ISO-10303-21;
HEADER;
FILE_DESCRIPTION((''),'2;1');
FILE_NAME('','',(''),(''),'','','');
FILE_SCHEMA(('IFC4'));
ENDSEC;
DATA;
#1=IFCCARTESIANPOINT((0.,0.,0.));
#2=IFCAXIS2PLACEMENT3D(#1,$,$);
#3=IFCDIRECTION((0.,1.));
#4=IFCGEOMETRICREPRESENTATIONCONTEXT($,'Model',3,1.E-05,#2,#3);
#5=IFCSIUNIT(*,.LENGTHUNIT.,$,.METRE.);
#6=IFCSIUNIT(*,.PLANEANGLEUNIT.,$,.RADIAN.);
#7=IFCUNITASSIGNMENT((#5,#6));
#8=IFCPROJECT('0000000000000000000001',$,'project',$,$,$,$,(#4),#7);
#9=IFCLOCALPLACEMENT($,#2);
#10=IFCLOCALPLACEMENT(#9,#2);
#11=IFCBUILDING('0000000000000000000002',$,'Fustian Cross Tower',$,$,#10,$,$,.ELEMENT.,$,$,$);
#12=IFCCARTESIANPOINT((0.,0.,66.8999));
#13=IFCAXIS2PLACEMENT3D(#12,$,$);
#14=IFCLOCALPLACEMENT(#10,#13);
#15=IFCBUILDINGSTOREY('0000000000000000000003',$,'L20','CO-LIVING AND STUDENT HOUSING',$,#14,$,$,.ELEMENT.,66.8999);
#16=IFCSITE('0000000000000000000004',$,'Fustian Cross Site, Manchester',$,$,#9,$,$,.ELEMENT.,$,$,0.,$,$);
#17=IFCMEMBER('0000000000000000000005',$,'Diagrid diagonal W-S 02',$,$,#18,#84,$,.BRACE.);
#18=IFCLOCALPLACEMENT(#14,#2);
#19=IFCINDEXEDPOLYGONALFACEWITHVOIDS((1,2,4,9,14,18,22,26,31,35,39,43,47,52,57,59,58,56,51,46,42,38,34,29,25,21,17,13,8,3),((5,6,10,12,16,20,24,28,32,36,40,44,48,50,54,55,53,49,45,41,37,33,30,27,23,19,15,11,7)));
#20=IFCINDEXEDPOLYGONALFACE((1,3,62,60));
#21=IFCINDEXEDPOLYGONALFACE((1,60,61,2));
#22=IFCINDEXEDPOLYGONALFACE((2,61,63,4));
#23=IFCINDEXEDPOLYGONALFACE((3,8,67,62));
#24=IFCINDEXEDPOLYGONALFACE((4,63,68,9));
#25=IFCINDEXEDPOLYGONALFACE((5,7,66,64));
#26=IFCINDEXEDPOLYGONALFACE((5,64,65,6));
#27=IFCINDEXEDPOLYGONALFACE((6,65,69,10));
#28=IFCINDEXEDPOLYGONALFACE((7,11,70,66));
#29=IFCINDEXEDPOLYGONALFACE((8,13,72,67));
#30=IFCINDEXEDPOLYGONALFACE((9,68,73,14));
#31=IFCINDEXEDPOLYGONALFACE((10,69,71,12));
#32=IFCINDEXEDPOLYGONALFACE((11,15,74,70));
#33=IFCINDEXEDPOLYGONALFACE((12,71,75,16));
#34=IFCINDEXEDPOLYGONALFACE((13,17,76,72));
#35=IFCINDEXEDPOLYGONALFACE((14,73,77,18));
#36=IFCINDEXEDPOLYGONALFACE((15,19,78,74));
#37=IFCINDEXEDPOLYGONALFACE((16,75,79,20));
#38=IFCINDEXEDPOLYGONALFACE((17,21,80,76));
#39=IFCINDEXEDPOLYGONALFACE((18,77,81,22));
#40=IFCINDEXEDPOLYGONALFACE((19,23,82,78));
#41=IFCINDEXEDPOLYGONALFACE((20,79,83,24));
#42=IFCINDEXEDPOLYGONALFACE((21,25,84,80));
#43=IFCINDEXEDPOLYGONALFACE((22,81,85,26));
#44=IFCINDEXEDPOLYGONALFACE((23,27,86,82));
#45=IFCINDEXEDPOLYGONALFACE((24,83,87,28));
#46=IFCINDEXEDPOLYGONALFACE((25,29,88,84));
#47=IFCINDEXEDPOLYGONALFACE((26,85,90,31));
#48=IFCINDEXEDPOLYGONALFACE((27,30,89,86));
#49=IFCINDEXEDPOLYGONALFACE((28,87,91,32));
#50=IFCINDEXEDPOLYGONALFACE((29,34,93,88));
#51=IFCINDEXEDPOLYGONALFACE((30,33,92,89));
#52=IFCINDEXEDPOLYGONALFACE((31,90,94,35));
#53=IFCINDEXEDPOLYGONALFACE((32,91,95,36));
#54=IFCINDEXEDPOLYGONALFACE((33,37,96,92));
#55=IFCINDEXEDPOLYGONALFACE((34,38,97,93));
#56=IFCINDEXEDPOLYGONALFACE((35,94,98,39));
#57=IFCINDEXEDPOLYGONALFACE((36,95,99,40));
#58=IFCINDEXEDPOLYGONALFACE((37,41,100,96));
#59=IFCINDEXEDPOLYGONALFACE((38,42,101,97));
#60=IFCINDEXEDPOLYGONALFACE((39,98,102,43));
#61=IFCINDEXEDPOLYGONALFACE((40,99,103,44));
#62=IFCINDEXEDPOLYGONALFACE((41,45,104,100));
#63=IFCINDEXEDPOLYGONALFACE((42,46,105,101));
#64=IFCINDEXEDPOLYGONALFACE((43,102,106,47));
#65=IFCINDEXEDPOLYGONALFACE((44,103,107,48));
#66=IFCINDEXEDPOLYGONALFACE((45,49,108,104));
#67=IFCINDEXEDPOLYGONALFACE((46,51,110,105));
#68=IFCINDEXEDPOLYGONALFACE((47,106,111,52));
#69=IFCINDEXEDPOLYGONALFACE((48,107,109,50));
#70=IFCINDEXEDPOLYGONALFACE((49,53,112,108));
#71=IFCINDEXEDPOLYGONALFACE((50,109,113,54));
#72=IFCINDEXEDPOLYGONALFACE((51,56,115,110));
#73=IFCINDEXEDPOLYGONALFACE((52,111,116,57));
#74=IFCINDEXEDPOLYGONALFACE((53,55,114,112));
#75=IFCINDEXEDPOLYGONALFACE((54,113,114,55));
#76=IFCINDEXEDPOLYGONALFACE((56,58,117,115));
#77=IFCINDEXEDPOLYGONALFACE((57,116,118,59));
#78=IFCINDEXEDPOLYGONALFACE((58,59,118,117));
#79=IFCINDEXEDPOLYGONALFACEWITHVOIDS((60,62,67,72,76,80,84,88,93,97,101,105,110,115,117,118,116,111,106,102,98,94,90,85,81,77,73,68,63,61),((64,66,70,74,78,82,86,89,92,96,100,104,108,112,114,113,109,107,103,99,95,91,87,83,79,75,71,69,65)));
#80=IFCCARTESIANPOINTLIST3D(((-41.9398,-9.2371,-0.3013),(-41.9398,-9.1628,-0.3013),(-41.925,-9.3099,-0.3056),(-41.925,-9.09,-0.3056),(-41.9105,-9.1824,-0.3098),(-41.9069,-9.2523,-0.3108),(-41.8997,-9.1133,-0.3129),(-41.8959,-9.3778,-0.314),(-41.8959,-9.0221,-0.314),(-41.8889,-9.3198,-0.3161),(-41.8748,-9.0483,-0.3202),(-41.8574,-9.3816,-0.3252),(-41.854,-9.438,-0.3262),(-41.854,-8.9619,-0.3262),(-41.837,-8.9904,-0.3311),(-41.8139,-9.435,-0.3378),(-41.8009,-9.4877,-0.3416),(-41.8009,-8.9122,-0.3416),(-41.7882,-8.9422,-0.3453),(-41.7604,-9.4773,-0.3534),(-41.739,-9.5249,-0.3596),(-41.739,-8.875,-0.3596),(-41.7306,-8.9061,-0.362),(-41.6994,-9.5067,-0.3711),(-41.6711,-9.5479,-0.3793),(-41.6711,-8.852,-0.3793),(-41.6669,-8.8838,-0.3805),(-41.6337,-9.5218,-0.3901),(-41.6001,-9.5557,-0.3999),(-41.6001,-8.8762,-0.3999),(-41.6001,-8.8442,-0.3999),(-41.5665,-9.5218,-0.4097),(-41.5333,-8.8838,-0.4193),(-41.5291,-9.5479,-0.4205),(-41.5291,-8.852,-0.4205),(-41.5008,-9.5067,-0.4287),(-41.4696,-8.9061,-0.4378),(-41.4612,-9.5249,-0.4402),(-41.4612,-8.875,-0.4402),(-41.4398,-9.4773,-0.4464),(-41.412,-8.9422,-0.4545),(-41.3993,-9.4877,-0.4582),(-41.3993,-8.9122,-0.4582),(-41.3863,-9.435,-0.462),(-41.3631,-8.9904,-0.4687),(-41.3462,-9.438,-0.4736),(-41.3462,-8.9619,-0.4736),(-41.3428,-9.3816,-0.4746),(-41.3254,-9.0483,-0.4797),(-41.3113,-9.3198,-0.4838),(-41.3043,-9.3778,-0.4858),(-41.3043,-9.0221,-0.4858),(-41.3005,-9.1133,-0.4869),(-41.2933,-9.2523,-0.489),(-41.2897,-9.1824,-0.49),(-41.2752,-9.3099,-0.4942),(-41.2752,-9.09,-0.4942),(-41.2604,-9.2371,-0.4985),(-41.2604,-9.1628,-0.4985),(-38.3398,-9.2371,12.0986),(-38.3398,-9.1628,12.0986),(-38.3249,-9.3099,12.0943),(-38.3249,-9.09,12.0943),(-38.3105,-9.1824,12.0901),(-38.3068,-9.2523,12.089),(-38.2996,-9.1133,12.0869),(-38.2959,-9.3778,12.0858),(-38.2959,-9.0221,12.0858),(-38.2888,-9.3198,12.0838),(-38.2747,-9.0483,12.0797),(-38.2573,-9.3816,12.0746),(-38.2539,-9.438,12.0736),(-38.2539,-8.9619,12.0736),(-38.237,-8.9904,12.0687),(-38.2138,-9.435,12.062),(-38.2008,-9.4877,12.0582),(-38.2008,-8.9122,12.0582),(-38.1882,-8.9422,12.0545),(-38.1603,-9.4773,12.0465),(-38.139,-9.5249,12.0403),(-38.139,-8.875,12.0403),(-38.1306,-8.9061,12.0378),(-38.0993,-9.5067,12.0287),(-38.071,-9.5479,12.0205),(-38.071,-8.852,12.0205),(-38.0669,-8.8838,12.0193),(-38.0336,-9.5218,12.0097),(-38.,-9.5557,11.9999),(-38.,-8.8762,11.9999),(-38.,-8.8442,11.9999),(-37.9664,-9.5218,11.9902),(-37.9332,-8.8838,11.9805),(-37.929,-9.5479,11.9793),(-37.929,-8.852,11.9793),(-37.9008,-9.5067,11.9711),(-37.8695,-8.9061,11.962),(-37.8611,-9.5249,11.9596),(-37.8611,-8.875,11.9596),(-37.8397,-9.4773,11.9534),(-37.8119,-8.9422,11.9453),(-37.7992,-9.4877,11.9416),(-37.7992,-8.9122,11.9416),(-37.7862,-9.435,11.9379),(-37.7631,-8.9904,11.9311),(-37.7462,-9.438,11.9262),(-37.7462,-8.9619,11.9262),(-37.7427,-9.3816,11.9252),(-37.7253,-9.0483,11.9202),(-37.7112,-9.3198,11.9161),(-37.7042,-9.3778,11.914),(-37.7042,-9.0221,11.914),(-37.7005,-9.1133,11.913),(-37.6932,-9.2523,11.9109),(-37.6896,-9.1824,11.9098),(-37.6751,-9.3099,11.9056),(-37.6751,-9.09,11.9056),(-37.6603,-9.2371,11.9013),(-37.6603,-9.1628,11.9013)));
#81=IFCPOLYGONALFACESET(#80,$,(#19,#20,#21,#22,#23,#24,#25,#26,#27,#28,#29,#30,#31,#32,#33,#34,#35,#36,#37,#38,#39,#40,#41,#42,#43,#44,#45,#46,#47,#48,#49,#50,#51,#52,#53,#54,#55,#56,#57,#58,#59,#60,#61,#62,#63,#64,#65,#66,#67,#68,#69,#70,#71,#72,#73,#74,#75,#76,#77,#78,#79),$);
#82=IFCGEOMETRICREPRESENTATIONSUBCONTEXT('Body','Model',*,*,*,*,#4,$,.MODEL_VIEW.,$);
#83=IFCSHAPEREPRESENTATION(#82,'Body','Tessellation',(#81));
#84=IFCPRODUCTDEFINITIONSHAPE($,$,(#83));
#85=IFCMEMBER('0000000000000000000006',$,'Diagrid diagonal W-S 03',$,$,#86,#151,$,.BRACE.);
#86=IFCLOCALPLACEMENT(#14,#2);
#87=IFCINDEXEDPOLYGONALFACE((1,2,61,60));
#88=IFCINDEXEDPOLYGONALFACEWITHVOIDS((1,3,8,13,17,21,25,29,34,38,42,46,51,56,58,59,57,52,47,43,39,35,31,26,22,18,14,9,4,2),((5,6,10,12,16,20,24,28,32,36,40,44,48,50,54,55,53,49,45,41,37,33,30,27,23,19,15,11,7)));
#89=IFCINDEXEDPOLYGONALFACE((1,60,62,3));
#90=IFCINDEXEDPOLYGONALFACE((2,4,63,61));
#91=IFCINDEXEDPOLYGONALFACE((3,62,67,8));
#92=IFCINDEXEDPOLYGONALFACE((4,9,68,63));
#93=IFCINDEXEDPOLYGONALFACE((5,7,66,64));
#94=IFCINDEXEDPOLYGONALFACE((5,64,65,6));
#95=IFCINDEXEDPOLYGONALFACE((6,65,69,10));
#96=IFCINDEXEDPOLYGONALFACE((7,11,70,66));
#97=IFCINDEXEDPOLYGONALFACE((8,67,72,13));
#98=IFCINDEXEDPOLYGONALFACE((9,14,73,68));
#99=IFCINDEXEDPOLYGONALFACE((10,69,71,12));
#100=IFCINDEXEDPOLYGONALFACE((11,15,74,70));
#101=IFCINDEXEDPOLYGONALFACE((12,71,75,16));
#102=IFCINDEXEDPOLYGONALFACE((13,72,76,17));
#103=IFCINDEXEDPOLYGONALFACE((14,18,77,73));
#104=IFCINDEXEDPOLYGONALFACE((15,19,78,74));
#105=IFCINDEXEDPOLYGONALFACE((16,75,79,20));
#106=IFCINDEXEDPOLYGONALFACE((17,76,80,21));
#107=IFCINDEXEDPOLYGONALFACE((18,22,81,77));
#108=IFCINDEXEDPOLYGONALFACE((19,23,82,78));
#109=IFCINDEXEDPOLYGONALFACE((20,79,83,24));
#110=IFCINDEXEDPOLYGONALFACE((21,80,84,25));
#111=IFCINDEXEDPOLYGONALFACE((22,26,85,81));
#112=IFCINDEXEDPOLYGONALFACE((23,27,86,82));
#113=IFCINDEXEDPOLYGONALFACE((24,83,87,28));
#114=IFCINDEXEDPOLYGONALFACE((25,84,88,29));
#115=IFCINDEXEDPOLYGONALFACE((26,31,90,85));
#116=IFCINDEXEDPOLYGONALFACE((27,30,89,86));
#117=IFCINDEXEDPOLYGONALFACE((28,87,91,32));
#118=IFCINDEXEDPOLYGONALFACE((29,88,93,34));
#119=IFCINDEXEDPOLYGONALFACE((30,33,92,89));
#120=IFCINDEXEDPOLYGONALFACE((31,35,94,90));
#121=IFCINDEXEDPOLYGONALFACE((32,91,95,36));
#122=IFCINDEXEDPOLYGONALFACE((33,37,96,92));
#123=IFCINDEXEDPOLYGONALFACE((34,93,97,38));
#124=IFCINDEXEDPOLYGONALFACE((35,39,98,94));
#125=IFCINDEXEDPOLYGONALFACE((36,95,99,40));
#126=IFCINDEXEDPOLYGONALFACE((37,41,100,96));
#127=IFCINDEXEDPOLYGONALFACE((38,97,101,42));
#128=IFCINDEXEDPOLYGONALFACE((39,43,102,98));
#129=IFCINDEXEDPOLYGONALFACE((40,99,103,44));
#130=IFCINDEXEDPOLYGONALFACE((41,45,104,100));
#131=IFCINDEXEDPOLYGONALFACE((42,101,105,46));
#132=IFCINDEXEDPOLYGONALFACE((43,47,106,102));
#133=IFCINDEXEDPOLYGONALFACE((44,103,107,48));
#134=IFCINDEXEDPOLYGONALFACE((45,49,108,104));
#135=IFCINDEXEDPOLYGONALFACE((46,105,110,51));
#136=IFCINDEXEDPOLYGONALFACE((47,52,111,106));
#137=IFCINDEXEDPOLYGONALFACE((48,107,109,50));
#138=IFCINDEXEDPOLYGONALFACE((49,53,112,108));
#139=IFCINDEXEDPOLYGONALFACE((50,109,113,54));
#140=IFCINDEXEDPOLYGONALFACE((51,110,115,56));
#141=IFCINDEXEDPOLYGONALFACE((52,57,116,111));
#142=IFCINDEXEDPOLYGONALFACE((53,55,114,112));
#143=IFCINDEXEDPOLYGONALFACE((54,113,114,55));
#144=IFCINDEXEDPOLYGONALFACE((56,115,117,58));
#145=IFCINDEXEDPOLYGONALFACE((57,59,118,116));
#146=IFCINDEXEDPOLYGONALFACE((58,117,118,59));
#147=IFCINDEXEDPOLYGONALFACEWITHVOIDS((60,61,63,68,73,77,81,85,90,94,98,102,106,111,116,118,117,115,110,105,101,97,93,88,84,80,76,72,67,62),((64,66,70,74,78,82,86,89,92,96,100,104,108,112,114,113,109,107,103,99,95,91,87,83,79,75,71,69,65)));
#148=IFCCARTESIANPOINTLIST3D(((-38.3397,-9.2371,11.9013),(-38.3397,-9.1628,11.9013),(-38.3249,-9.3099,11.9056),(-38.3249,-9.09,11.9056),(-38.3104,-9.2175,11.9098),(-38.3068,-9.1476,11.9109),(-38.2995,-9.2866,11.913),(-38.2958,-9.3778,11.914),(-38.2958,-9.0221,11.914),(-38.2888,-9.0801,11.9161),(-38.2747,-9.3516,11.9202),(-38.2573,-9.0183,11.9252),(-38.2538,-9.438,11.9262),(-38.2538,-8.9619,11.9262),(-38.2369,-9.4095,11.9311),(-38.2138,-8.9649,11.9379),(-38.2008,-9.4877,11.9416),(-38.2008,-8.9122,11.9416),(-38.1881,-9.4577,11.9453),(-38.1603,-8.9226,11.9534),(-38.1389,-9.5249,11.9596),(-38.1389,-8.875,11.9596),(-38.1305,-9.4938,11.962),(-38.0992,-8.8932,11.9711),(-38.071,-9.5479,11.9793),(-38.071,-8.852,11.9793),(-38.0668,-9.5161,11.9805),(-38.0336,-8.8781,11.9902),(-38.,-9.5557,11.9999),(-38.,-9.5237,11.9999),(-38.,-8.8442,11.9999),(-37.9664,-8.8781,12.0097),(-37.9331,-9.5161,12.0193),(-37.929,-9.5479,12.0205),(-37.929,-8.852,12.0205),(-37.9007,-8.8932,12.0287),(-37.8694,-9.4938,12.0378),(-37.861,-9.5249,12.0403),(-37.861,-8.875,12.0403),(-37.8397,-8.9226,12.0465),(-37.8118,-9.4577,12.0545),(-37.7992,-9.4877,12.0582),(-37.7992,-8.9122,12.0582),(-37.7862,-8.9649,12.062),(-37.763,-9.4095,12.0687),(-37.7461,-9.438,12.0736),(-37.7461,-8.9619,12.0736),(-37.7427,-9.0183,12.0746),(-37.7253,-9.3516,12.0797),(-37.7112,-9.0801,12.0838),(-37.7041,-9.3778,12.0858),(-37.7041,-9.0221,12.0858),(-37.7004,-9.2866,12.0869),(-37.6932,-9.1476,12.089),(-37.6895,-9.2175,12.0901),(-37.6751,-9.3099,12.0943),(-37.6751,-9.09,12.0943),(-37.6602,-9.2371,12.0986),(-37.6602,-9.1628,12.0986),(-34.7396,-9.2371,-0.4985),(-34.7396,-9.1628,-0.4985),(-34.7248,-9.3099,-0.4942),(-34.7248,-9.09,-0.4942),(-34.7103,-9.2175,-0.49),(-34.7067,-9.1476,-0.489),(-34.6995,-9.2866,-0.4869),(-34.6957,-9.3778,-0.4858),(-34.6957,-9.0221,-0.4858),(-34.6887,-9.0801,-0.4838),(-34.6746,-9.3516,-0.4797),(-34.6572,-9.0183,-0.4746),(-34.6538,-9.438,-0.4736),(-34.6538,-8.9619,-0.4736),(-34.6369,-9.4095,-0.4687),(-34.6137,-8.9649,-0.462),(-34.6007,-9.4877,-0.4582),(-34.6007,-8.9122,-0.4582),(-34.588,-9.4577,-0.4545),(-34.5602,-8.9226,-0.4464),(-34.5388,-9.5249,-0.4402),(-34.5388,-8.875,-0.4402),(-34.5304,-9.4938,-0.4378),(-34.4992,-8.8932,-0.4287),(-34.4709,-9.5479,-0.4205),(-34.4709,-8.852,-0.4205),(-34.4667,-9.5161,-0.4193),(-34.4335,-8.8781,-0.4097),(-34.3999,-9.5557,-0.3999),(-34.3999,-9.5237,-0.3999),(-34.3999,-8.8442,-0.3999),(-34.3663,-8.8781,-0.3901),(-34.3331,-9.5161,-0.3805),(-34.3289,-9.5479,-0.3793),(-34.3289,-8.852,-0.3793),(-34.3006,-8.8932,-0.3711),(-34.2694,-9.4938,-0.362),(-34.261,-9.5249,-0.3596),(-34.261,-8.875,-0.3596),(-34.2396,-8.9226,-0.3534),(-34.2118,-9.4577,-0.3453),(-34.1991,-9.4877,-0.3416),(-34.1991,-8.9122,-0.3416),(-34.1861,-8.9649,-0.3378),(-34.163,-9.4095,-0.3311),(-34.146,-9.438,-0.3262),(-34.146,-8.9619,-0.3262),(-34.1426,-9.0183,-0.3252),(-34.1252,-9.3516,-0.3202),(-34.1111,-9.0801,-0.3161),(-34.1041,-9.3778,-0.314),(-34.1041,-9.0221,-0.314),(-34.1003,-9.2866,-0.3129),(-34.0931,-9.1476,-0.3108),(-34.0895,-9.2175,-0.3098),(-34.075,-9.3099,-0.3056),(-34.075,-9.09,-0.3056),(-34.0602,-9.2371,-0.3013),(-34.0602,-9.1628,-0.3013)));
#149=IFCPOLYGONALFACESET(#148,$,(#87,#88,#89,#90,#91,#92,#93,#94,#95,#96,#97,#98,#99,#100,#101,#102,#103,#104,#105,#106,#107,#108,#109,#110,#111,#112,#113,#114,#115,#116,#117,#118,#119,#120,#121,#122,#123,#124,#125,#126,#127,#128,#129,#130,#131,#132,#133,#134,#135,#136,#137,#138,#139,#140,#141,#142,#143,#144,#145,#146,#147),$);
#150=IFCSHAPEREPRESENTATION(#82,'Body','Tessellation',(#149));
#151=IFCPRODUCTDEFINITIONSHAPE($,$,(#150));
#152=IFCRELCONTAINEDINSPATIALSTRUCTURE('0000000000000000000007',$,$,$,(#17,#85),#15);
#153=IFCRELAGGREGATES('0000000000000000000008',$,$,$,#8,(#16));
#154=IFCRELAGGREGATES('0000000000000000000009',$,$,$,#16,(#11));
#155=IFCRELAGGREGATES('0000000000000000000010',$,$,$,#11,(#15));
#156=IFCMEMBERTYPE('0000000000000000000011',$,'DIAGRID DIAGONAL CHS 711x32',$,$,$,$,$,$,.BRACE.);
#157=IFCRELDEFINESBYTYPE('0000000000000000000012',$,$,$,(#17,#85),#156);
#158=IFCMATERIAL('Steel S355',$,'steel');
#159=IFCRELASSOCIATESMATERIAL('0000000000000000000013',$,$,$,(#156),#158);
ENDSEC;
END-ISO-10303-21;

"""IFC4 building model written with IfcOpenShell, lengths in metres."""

from ifc_helpers import new_model, si_unit, direction, frame, origin, origin_2d, place, context, subcontext, project, spatial, hollow_circle, extrude, material, material_profile, profile_set, type_object, element, save


model = new_model("IFC4")

# Units and contexts
model_context = context("Model", 3, precision=1e-05, world=origin(), true_north=direction((0.0, 1.0)))
body_context = subcontext(model_context, "Body", "Model", "MODEL_VIEW")
ifc_project = project(units=[si_unit("LENGTHUNIT", "METRE"), si_unit("PLANEANGLEUNIT", "RADIAN")], contexts=[model_context])

# Site, building, storey
site_placement = place(None, origin())
site = spatial("IfcSite", under=ifc_project, at=site_placement, Name="Fustian Cross Site, Manchester", CompositionType="ELEMENT", RefElevation=0.0)
building_placement = place(site_placement, origin())
building = spatial("IfcBuilding", under=site, at=building_placement, Name="Fustian Cross Tower", CompositionType="ELEMENT")
storey_placement = place(building_placement, frame((0.0, 0.0, 66.8999)))
storey = spatial("IfcBuildingStorey", under=building, at=storey_placement, Name="L20", Description="CO-LIVING AND STUDENT HOUSING", CompositionType="ELEMENT", Elevation=66.8999)

# Members
ifc_material_1 = material(Name="Steel S355", Category="steel")
ifc_material_profile_1 = material_profile(ifc_material_1, hollow_circle(Radius=0.3557, WallThickness=0.032, at=origin_2d()), Name="CHS 711x32")
ifc_profile_set_1 = profile_set([ifc_material_profile_1], Name="Steel S355")
member_type_1 = type_object("IfcMemberType", Name="DIAGRID DIAGONAL CHS 711x32", PredefinedType="BRACE", material=ifc_profile_set_1)
for number, where, z_axis, x_axis, name in (
    (1, (-41.6001, -9.2, -0.3999), (0.278819, 0.0, 0.960344), (0.0, 1.0, 0.0), "Diagrid diagonal W-S 02"),
    (2, (-34.3999, -9.2, -0.3999), (-0.278819, 0.0, 0.960344), (0.0, -1.0, 0.0), "Diagrid diagonal W-S 03"),
):
    element("IfcMember", number, at=place(storey_placement, frame(where, z_axis=z_axis, x_axis=x_axis)), inside=storey, type_object=member_type_1, Name=name, PredefinedType="BRACE", context=body_context, shape_type="SweptSolid", body=[
        extrude(hollow_circle(Radius=0.3557, WallThickness=0.032, at=origin_2d()), origin(), (0.0, 0.0, 1.0), 12.9119),
    ])

save(model, "model.ifc")
